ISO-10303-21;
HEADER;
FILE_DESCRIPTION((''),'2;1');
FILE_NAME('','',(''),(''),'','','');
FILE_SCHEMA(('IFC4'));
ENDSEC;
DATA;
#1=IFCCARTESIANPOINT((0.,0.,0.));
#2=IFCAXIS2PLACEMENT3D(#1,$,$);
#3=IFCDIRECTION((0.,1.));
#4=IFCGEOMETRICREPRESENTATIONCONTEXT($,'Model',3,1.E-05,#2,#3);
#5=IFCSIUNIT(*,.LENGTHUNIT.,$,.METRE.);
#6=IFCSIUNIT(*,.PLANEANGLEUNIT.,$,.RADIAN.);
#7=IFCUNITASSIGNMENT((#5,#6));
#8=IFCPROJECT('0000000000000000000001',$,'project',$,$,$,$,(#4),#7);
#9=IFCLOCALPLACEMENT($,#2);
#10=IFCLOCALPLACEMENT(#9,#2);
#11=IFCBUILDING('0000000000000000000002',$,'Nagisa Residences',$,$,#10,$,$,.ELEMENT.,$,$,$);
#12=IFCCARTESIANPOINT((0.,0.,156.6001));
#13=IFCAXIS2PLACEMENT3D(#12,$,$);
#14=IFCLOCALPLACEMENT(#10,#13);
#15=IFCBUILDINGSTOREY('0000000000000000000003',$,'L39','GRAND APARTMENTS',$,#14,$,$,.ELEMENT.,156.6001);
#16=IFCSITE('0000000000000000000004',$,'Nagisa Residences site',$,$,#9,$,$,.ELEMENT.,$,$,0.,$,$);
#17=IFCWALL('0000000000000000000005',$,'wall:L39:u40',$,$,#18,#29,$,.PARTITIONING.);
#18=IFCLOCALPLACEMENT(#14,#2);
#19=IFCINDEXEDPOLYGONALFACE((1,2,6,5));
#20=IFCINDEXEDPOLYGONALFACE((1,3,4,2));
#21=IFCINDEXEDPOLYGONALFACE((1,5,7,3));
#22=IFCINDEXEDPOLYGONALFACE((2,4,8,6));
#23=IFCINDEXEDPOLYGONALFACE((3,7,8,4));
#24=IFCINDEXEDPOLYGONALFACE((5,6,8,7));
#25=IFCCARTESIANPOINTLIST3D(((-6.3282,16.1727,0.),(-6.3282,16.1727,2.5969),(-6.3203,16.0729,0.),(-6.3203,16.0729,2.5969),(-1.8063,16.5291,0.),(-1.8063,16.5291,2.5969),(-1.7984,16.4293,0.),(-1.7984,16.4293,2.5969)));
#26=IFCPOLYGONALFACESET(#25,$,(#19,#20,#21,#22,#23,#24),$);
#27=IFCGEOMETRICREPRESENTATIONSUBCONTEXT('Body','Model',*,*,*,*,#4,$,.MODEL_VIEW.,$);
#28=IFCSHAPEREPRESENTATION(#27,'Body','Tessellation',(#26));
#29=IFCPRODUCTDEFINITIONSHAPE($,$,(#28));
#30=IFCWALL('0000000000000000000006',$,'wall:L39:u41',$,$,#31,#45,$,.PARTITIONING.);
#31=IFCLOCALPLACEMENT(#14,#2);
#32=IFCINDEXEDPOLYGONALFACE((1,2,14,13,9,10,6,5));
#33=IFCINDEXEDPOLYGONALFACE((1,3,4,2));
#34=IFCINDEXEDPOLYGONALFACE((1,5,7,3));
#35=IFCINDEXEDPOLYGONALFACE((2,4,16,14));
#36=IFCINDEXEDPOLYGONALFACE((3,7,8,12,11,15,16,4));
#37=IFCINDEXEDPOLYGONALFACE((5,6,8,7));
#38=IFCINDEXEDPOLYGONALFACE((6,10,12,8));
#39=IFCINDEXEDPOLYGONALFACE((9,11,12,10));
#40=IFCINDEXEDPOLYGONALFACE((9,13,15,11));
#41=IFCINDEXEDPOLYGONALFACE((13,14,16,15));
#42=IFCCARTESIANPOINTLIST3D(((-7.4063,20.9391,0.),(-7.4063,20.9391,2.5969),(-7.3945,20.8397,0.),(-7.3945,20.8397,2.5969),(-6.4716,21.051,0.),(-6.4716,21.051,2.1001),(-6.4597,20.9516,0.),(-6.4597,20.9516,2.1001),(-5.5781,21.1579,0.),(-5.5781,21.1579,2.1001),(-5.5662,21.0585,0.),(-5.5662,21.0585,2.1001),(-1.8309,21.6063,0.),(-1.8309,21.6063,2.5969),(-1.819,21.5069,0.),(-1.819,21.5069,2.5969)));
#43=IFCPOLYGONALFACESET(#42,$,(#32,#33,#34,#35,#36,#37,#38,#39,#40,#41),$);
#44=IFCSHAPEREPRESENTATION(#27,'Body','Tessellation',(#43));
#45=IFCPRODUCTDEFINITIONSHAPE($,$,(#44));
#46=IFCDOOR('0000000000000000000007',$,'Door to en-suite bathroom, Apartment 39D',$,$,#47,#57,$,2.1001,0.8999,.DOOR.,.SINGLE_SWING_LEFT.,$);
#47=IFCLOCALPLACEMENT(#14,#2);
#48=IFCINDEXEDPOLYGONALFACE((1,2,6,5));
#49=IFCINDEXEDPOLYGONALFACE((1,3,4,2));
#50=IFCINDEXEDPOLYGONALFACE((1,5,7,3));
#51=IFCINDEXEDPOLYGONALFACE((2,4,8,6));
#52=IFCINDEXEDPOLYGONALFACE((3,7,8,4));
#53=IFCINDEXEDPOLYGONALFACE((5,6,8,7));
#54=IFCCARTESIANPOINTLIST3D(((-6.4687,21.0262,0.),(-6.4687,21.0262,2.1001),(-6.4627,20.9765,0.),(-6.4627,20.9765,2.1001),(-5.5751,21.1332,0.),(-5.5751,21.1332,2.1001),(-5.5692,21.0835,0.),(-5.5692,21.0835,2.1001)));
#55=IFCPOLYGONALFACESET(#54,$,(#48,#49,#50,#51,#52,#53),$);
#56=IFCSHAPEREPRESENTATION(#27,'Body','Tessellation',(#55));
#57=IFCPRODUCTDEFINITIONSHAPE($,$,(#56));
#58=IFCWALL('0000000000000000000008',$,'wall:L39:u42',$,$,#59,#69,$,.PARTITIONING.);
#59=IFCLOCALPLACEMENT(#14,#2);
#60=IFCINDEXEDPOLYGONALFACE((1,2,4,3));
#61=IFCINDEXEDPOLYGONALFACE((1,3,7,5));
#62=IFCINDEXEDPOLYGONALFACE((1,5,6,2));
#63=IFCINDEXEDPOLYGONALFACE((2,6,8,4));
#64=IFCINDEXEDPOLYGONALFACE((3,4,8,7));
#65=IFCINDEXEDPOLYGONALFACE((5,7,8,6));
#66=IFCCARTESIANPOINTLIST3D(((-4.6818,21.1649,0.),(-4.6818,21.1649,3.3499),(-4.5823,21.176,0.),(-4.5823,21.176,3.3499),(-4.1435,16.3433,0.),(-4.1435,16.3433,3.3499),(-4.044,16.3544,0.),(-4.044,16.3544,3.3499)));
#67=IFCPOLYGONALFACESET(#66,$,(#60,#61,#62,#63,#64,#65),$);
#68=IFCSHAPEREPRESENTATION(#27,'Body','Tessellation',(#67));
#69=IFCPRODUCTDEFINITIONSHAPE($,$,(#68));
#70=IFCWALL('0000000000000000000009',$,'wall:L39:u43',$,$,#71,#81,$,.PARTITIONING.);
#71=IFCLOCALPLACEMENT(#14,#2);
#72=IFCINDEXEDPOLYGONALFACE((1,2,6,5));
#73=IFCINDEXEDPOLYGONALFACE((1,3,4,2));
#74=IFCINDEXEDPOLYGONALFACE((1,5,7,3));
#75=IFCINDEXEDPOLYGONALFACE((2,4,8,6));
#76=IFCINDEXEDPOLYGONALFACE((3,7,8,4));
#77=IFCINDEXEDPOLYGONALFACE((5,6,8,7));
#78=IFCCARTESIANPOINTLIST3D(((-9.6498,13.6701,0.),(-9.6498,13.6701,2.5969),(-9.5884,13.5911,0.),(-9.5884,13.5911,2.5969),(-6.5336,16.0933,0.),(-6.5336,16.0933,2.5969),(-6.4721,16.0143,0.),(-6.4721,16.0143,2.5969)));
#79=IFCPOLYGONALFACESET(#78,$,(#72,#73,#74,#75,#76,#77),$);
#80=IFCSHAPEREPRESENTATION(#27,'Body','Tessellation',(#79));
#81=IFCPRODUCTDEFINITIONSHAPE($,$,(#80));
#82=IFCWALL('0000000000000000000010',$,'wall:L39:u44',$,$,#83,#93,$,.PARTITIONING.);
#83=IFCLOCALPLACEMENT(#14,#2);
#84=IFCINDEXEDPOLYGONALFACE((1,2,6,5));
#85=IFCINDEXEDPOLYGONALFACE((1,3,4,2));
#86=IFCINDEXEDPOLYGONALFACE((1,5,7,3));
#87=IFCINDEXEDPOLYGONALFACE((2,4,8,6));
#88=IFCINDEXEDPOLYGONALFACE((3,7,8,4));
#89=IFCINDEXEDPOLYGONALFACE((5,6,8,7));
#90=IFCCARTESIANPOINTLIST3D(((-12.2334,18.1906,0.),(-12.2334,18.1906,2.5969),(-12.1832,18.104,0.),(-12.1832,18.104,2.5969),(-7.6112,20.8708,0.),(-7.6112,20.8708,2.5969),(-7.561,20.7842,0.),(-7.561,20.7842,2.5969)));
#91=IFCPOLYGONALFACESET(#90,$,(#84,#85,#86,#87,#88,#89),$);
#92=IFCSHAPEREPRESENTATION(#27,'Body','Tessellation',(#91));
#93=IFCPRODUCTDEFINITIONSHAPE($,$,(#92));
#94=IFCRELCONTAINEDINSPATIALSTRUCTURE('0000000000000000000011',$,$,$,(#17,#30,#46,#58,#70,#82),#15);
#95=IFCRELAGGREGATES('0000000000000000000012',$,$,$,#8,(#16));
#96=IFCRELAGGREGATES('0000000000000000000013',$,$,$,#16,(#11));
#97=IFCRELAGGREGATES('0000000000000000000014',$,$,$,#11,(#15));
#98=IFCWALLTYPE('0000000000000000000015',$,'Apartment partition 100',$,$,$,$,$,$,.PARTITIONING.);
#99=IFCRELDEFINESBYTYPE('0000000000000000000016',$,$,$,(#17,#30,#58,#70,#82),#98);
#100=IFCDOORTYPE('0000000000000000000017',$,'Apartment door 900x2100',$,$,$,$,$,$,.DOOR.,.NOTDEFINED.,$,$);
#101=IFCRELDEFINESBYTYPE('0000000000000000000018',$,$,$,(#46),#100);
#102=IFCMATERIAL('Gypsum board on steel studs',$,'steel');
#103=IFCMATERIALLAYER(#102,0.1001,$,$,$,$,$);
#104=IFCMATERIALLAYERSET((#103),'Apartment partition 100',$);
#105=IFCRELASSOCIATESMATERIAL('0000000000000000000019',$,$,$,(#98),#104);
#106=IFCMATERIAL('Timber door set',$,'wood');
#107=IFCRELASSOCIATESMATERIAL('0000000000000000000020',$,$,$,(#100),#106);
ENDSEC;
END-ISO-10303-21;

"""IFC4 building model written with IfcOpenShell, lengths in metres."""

from ifc_helpers import new_model, si_unit, direction, frame, frame_2d, origin, place, context, subcontext, project, spatial, rectangle, extrude, material, layer, layer_set, type_object, element, fill, save


model = new_model("IFC4")

# Units and contexts
model_context = context("Model", 3, precision=1e-05, world=origin(), true_north=direction((0.0, 1.0)))
body_context = subcontext(model_context, "Body", "Model", "MODEL_VIEW")
ifc_project = project(units=[si_unit("LENGTHUNIT", "METRE"), si_unit("PLANEANGLEUNIT", "RADIAN")], contexts=[model_context])

# Site, building, storey
site_placement = place(None, origin())
site = spatial("IfcSite", under=ifc_project, at=site_placement, Name="Nagisa Residences site", CompositionType="ELEMENT", RefElevation=0.0)
building_placement = place(site_placement, origin())
building = spatial("IfcBuilding", under=site, at=building_placement, Name="Nagisa Residences", CompositionType="ELEMENT")
storey_placement = place(building_placement, frame((0.0, 0.0, 156.6001)))
storey = spatial("IfcBuildingStorey", under=building, at=storey_placement, Name="L39", Description="GRAND APARTMENTS", CompositionType="ELEMENT", Elevation=156.6001)

# Shared definitions
ifc_material_1 = material(Name="Gypsum board on steel studs", Category="steel")
ifc_layer_1 = layer(ifc_material_1, 0.1001)
ifc_layer_set_1 = layer_set([ifc_layer_1], Name="Apartment partition 100")
wall_type_1 = type_object("IfcWallType", Name="Apartment partition 100", PredefinedType="PARTITIONING", material=ifc_layer_set_1)
ifc_material_2 = material(Name="Timber door set", Category="wood")
door_type_1 = type_object("IfcDoorType", Name="Apartment door 900x2100", OperationType="NOTDEFINED", PredefinedType="DOOR", material=ifc_material_2)

# Wall
wall_1_placement = place(storey_placement, frame((-1.8022, 16.4792, 0.0), z_axis=(0.0, 0.0, 1.0), x_axis=(-0.996908, -0.078581, 0.0)))
element("IfcWall", 1, at=wall_1_placement, inside=storey, type_object=wall_type_1, Name="wall:L39:u40", PredefinedType="PARTITIONING", context=body_context, shape_type="SweptSolid", body=[
    extrude(rectangle(XDim=4.5359, YDim=0.1001, at=frame_2d((2.2681, 0.0))), origin(), (0.0, 0.0, 1.0), 2.5969),
])

# Wall, opening, door
wall_2_placement = place(storey_placement, frame((-1.825, 21.5566, 0.0), z_axis=(0.0, 0.0, 1.0), x_axis=(-0.992915, -0.118826, 0.0)))
wall_2 = element("IfcWall", 2, at=wall_2_placement, inside=storey, type_object=wall_type_1, Name="wall:L39:u41", PredefinedType="PARTITIONING", context=body_context, shape_type="SweptSolid", body=[
    extrude(rectangle(XDim=5.6152, YDim=0.1001, at=frame_2d((2.8076, 0.0))), origin(), (0.0, 0.0, 1.0), 2.5969),
])
opening_1_placement = place(wall_2_placement, frame((3.7739, 0.0, 0.0)))
opening_1 = element("IfcOpeningElement", 3, at=opening_1_placement, cuts=wall_2, PredefinedType="OPENING", context=body_context, shape_type="SweptSolid", body=[
    extrude(rectangle(XDim=0.8999, YDim=2.1001, at=frame_2d((0.45, 1.05))), frame((0.0, 0.0601, 0.0), z_axis=(0.0, -1.0, 0.0), x_axis=(1.0, 0.0, 0.0)), (0.0, 0.0, 1.0), 0.1201),
])
door_1_placement = place(opening_1_placement, origin())
door_1 = element("IfcDoor", 4, at=door_1_placement, inside=storey, type_object=door_type_1, Name="Door to en-suite bathroom, Apartment 39D", OperationType="SINGLE_SWING_LEFT", OverallHeight=2.1001, OverallWidth=0.8999, PredefinedType="DOOR", context=body_context, shape_type="SweptSolid", body=[
    extrude(rectangle(XDim=0.8999, YDim=2.1001, at=frame_2d((0.45, 1.05))), frame((0.0, 0.0249, 0.0), z_axis=(0.0, -1.0, 0.0), x_axis=(1.0, 0.0, 0.0)), (0.0, 0.0, 1.0), 0.05),
])
fill(opening_1, door_1)

# Walls
wall_3_placement = place(storey_placement, frame((-4.0938, 16.3489, 0.0), z_axis=(0.0, 0.0, 1.0), x_axis=(-0.110962, 0.993825, 0.0)))
element("IfcWall", 5, at=wall_3_placement, inside=storey, type_object=wall_type_1, Name="wall:L39:u42", PredefinedType="PARTITIONING", context=body_context, shape_type="SweptSolid", body=[
    extrude(rectangle(XDim=4.8516, YDim=0.1001, at=frame_2d((2.4258, 0.0))), origin(), (0.0, 0.0, 1.0), 3.3499),
])
wall_4_placement = place(storey_placement, frame((-6.5029, 16.0537, 0.0), z_axis=(0.0, 0.0, 1.0), x_axis=(-0.789429, -0.613842, 0.0)))
element("IfcWall", 6, at=wall_4_placement, inside=storey, type_object=wall_type_1, Name="wall:L39:u43", PredefinedType="PARTITIONING", context=body_context, shape_type="SweptSolid", body=[
    extrude(rectangle(XDim=3.9475, YDim=0.1001, at=frame_2d((1.9736, 0.0))), origin(), (0.0, 0.0, 1.0), 2.5969),
])
wall_5_placement = place(storey_placement, frame((-7.5862, 20.8274, 0.0), z_axis=(0.0, 0.0, 1.0), x_axis=(-0.865093, -0.501611, 0.0)))
element("IfcWall", 7, at=wall_5_placement, inside=storey, type_object=wall_type_1, Name="wall:L39:u44", PredefinedType="PARTITIONING", context=body_context, shape_type="SweptSolid", body=[
    extrude(rectangle(XDim=5.343, YDim=0.1001, at=frame_2d((2.6714, 0.0))), origin(), (0.0, 0.0, 1.0), 2.5969),
])

save(model, "model.ifc")
